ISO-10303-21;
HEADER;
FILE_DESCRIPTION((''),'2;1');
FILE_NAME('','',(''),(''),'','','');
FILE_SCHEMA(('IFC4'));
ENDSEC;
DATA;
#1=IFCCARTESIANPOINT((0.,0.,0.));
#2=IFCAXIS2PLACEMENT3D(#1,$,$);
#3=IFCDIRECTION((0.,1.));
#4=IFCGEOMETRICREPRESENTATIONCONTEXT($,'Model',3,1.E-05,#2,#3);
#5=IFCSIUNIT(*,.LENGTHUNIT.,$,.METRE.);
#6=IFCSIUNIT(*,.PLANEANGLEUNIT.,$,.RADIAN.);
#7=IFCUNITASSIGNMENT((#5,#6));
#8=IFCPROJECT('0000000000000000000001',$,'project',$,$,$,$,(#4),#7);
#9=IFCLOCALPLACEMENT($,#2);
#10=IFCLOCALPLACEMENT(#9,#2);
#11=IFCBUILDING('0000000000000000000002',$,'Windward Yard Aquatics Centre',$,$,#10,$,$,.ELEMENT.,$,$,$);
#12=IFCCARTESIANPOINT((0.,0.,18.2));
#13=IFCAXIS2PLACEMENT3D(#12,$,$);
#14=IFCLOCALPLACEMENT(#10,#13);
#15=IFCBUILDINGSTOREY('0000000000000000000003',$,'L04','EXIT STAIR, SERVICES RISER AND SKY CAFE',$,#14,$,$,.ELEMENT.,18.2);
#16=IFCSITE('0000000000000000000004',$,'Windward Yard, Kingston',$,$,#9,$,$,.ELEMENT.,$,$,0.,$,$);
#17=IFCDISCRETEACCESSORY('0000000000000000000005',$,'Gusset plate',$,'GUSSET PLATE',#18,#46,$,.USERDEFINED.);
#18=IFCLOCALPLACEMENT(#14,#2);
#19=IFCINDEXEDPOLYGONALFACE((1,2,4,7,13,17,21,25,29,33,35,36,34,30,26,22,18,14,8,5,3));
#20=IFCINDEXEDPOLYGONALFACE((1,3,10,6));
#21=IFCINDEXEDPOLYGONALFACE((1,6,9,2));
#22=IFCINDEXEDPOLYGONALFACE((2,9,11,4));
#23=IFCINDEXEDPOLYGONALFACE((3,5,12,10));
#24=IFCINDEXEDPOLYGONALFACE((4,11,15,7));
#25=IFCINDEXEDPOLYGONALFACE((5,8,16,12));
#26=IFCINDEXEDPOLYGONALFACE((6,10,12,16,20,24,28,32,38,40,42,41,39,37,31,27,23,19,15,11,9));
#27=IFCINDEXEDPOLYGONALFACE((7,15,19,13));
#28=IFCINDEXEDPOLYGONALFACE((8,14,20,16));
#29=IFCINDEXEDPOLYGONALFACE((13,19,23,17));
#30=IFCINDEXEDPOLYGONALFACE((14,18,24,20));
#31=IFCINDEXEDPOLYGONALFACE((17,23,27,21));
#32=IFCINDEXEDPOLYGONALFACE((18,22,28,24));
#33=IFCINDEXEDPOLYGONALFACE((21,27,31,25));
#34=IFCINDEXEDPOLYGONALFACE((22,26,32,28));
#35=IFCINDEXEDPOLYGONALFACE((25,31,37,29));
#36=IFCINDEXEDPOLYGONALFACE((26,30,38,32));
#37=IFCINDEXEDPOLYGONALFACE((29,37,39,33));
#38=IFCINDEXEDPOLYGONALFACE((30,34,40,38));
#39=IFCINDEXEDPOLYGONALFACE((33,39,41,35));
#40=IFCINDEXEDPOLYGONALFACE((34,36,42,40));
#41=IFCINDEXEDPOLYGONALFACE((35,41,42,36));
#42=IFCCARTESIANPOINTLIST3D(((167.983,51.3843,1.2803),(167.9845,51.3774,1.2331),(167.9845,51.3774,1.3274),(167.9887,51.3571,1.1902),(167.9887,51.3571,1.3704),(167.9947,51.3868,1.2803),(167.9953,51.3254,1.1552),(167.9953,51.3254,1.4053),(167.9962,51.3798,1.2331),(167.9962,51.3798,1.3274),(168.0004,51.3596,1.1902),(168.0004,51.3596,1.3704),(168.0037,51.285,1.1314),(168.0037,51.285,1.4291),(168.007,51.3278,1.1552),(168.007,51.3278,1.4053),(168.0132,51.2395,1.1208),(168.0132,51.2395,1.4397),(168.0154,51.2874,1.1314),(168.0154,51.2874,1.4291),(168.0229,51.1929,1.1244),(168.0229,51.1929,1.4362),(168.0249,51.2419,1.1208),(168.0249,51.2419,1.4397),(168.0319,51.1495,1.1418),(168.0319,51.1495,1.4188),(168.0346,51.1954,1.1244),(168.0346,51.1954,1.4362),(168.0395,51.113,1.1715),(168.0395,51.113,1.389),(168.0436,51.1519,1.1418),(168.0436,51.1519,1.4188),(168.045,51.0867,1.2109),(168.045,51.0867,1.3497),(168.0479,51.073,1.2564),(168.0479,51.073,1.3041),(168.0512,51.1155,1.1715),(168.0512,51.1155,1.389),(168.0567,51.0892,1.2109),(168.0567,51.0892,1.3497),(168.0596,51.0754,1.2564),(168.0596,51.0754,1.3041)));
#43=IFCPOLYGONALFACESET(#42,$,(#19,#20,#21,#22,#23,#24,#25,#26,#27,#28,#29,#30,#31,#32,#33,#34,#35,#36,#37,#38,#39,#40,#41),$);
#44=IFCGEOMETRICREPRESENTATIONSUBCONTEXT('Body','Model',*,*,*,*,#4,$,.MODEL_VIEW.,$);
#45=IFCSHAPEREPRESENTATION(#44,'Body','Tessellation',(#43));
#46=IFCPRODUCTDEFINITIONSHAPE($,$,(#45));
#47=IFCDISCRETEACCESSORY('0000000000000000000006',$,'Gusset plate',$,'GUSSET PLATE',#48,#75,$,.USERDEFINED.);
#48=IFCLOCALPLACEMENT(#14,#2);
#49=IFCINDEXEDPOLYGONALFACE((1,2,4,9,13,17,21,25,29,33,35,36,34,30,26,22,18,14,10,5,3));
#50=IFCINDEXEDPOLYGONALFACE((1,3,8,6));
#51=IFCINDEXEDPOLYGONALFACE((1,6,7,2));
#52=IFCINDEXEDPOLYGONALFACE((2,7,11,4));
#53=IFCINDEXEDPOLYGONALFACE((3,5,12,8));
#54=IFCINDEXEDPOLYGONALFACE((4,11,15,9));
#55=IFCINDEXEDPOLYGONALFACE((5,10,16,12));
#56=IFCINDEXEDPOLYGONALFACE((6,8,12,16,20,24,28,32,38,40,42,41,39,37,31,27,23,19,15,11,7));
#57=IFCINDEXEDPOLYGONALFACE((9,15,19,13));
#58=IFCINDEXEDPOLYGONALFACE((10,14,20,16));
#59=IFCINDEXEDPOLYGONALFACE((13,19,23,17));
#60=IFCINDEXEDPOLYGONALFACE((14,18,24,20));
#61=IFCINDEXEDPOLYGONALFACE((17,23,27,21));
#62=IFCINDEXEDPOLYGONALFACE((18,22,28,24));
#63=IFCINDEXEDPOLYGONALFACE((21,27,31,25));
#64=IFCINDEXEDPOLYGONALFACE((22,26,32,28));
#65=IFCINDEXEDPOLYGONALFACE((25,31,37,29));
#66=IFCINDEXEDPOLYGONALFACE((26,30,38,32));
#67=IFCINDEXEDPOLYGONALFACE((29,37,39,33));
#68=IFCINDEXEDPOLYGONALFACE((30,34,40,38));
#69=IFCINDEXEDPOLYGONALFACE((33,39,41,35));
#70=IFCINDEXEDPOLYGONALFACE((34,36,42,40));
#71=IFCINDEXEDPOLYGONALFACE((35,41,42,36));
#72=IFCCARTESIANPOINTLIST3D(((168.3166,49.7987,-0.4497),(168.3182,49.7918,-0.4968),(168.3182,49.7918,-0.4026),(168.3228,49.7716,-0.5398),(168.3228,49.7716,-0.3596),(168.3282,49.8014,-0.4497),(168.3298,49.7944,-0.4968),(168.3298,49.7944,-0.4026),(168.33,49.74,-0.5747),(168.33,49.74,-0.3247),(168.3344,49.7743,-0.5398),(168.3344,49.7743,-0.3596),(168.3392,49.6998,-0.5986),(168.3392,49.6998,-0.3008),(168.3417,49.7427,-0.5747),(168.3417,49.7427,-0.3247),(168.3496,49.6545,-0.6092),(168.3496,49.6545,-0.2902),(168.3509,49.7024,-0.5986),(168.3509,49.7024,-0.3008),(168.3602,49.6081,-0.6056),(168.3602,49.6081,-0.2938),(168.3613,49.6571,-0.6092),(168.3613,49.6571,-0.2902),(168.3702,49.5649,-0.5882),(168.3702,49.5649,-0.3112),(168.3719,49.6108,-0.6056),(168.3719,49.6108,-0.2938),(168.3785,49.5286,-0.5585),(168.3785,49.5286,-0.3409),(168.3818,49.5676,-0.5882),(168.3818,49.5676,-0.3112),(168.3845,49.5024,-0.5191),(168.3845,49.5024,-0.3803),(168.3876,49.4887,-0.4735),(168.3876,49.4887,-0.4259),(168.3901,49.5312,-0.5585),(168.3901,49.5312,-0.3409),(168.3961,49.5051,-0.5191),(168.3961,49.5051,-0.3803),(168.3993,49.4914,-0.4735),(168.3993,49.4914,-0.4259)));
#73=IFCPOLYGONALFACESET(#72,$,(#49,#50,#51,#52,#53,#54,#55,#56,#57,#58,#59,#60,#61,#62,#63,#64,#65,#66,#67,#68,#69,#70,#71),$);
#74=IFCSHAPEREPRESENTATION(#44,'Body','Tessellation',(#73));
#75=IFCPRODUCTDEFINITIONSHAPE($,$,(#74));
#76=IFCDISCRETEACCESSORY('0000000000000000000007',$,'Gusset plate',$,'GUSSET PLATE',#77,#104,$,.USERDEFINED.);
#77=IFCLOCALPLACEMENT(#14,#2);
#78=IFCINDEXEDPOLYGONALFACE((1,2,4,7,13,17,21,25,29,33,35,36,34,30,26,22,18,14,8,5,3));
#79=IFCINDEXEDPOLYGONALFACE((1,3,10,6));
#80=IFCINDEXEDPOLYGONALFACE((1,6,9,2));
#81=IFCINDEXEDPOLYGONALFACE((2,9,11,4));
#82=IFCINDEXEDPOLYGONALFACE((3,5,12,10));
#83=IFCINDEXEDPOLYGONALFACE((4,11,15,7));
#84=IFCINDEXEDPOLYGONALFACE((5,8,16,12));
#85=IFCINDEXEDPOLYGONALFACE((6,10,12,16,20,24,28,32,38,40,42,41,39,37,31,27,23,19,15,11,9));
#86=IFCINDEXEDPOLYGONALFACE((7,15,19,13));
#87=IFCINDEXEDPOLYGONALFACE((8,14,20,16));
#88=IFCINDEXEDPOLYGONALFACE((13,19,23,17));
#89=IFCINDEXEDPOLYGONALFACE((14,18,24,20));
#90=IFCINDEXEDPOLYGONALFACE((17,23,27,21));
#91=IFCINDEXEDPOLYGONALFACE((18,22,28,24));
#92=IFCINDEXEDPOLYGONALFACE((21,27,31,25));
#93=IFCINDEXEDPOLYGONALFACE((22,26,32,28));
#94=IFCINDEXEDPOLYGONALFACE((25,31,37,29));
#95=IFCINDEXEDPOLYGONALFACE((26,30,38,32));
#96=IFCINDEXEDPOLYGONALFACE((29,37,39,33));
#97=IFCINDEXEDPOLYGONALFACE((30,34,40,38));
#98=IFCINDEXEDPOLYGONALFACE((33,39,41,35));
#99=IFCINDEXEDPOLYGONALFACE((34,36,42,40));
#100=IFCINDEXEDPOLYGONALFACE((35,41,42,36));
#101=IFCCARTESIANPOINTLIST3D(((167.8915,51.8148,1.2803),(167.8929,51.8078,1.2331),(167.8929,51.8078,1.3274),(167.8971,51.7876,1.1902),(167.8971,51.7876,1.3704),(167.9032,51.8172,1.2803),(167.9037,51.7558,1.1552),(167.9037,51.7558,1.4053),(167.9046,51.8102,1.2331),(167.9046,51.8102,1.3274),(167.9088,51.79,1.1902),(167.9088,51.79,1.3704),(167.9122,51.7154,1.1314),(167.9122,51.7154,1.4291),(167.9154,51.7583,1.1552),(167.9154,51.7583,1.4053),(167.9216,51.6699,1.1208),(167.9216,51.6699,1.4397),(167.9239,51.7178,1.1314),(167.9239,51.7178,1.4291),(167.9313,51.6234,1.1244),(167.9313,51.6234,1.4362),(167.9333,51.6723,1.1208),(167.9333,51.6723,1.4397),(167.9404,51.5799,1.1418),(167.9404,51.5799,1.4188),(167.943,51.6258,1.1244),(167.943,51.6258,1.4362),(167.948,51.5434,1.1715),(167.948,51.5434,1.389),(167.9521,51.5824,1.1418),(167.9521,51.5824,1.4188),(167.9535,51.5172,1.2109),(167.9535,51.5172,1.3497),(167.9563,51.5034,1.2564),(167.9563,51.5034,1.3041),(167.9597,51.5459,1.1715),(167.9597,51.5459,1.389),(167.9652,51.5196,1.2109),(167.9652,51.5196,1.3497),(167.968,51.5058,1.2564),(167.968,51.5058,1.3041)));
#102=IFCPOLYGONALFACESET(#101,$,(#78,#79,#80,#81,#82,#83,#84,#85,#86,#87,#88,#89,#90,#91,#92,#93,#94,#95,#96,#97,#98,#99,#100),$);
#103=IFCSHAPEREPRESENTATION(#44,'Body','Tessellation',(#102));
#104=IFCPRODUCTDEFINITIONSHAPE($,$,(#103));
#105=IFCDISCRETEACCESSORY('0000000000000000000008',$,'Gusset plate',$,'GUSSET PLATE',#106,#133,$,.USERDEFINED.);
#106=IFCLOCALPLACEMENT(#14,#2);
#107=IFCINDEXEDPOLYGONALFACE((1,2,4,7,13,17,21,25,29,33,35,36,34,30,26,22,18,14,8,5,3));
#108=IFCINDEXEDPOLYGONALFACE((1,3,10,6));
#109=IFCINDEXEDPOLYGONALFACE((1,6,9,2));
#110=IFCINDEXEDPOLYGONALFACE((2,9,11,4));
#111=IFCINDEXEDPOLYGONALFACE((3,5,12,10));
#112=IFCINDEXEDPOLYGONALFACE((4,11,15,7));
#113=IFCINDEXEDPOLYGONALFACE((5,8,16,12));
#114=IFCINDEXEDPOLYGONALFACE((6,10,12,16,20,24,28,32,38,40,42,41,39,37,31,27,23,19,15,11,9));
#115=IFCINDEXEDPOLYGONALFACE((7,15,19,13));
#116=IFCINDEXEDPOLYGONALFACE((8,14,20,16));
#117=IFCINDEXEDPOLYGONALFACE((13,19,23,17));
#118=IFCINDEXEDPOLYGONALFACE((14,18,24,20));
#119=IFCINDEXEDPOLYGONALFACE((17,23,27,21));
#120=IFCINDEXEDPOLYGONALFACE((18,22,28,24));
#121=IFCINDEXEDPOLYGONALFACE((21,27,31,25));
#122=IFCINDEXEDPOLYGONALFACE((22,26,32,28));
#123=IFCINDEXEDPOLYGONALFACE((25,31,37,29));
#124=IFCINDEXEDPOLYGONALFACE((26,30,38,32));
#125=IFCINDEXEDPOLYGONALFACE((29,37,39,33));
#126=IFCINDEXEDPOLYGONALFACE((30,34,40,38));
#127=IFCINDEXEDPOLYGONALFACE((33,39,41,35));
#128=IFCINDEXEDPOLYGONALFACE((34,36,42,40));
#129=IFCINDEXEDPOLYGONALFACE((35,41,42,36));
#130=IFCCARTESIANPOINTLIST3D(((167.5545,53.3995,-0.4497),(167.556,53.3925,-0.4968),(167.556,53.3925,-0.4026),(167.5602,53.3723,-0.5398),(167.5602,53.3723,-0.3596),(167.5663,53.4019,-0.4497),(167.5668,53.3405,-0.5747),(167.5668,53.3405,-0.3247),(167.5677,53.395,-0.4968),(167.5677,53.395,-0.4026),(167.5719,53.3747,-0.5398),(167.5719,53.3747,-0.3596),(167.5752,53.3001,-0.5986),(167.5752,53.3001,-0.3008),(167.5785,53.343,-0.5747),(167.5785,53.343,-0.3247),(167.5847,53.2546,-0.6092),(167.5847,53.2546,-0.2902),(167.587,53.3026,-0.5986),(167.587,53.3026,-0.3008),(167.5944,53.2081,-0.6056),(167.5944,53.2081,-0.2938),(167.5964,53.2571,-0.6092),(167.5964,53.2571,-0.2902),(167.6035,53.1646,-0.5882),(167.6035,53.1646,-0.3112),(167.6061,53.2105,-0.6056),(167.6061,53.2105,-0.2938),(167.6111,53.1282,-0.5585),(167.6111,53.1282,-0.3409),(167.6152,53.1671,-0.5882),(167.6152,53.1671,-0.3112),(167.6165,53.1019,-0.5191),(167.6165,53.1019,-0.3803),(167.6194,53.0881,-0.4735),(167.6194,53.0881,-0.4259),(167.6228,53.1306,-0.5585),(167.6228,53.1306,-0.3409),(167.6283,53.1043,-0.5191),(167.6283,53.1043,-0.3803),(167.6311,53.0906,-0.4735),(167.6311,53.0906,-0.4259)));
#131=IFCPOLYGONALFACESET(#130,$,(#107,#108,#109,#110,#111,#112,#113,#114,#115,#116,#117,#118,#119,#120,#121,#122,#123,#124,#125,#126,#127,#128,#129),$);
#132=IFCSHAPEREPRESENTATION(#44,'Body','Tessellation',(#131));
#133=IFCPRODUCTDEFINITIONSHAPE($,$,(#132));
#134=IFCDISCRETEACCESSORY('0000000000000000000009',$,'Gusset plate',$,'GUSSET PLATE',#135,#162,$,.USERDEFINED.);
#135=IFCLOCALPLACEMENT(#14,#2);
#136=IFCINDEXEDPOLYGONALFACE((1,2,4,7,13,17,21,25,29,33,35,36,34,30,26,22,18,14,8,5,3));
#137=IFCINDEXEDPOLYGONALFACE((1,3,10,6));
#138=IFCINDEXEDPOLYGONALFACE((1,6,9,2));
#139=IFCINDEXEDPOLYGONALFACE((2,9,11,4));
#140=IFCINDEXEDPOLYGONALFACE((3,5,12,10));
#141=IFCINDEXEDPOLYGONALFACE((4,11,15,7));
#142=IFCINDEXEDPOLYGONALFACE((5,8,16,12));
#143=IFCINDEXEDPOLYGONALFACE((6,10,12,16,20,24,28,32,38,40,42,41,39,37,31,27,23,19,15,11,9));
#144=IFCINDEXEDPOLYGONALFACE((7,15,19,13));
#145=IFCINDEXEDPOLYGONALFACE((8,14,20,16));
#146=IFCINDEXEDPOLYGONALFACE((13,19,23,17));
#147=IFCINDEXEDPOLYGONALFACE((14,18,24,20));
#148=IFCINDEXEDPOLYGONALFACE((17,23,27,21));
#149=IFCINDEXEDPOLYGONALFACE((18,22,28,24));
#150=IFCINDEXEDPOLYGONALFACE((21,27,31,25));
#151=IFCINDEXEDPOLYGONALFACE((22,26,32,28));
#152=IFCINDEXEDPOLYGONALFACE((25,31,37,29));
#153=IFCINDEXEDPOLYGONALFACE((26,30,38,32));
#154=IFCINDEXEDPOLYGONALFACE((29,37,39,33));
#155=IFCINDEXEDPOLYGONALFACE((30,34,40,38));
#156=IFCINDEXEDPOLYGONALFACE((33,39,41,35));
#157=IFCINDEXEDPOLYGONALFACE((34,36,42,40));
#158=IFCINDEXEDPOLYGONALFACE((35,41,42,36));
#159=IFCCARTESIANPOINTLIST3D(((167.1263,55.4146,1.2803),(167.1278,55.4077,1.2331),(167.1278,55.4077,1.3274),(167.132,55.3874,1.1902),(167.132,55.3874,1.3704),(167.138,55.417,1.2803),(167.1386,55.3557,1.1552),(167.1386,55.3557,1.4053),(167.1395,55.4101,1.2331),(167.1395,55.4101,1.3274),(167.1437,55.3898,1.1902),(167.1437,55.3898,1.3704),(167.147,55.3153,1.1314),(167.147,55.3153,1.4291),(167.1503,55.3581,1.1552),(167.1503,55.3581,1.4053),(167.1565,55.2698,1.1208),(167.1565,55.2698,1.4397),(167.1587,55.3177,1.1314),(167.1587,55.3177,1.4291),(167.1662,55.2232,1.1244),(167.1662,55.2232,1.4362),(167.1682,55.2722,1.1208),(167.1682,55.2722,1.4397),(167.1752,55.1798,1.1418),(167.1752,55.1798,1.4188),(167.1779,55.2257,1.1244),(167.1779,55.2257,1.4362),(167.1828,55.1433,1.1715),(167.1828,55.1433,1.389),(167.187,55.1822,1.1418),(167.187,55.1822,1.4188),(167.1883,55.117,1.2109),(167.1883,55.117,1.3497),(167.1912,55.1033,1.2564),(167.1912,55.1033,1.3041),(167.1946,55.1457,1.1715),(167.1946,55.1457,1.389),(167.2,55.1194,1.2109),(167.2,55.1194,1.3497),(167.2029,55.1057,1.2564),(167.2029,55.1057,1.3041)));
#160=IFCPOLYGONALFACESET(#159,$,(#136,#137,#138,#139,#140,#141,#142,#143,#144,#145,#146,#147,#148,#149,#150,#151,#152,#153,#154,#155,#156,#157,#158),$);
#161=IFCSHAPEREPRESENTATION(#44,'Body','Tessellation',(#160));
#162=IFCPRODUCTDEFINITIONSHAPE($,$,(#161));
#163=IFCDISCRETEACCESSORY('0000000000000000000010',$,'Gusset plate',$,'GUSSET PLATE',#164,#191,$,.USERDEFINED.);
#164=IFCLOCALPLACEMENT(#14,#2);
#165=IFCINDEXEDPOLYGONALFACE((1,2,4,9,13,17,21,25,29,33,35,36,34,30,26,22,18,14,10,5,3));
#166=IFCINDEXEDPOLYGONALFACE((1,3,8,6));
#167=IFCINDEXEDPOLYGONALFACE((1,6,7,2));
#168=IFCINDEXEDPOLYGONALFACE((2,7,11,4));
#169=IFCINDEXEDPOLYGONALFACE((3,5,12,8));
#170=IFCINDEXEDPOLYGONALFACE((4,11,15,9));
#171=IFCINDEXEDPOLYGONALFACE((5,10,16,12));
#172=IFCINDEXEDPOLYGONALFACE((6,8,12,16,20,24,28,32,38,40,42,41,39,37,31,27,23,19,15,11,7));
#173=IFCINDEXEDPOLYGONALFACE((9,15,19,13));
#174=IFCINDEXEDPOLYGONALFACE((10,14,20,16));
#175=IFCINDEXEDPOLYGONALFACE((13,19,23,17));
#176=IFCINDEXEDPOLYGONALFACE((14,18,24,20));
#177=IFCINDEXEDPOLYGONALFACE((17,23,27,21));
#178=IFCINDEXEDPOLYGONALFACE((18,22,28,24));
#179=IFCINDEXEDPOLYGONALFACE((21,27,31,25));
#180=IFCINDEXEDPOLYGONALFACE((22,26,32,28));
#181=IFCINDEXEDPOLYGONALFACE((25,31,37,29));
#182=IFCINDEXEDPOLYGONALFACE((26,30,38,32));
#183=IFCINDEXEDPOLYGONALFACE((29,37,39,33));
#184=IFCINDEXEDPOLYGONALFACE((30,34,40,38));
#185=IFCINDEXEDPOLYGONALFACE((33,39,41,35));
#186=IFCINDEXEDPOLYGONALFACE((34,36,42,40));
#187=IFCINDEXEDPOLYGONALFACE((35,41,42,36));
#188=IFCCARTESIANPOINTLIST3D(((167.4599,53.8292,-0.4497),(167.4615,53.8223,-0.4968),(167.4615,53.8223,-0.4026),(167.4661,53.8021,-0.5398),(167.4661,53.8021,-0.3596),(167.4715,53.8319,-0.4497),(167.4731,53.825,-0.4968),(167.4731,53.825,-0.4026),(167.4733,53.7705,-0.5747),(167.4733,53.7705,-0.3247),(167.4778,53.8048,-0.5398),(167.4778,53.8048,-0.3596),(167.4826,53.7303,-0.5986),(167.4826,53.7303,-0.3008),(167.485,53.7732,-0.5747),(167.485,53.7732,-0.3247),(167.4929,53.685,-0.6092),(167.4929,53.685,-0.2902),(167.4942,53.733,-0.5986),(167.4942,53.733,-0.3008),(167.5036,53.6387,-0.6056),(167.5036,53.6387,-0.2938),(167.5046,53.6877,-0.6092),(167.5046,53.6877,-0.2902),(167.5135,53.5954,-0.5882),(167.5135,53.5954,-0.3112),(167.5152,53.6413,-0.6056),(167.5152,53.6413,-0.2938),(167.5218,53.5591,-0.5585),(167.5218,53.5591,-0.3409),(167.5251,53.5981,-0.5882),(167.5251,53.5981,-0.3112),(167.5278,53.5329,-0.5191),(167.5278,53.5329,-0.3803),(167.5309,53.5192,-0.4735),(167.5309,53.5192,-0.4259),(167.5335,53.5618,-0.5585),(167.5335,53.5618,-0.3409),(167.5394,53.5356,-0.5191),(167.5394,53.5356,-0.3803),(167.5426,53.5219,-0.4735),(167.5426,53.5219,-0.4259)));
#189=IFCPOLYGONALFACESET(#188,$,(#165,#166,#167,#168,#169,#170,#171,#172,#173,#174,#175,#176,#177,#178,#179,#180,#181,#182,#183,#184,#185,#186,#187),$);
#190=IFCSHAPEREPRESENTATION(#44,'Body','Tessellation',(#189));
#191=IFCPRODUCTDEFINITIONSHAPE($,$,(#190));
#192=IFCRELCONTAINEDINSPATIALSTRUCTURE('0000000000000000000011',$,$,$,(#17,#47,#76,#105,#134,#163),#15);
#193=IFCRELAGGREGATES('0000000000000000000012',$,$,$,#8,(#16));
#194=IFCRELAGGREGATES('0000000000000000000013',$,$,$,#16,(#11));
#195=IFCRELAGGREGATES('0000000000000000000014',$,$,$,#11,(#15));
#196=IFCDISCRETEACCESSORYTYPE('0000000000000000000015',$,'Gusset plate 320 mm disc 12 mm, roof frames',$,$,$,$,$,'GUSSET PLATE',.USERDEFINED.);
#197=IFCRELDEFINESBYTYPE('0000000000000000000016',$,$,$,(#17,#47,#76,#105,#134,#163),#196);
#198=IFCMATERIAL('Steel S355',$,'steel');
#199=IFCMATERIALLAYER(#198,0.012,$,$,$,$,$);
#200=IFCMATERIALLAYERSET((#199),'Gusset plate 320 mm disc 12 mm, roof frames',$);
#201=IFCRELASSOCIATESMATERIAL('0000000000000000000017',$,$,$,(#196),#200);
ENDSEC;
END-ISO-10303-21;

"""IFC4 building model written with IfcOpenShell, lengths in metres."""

from ifc_helpers import new_model, si_unit, direction, frame, origin, origin_2d, place, context, subcontext, project, spatial, circle, extrude, material, layer, layer_set, type_object, element, save


model = new_model("IFC4")

# Units and contexts
model_context = context("Model", 3, precision=1e-05, world=origin(), true_north=direction((0.0, 1.0)))
body_context = subcontext(model_context, "Body", "Model", "MODEL_VIEW")
ifc_project = project(units=[si_unit("LENGTHUNIT", "METRE"), si_unit("PLANEANGLEUNIT", "RADIAN")], contexts=[model_context])

# Site, building, storey
site_placement = place(None, origin())
site = spatial("IfcSite", under=ifc_project, at=site_placement, Name="Windward Yard, Kingston", CompositionType="ELEMENT", RefElevation=0.0)
building_placement = place(site_placement, origin())
building = spatial("IfcBuilding", under=site, at=building_placement, Name="Windward Yard Aquatics Centre", CompositionType="ELEMENT")
storey_placement = place(building_placement, frame((0.0, 0.0, 18.2)))
storey = spatial("IfcBuildingStorey", under=building, at=storey_placement, Name="L04", Description="EXIT STAIR, SERVICES RISER AND SKY CAFE", CompositionType="ELEMENT", Elevation=18.2)

# Discrete accessories
ifc_material_1 = material(Name="Steel S355", Category="steel")
ifc_layer = layer(ifc_material_1, 0.012)
ifc_layer_set = layer_set([ifc_layer], Name="Gusset plate 320 mm disc 12 mm, roof frames")
discrete_accessory_type = type_object("IfcDiscreteAccessoryType", Name="Gusset plate 320 mm disc 12 mm, roof frames", ElementType="GUSSET PLATE", PredefinedType="USERDEFINED", material=ifc_layer_set)
for number, where, z_axis, x_axis, name in (
    (1, (168.0156, 51.2278, 1.2803), (0.97898, 0.203954, 0.0), (-0.203954, 0.97898, 0.0), "Gusset plate"),
    (2, (168.3523, 49.6428, -0.4497), (0.974732, 0.223376, 0.0), (-0.223376, 0.974732, 0.0), "Gusset plate"),
    (3, (167.9241, 51.6582, 1.2803), (0.97898, 0.203954, 0.0), (-0.203954, 0.97898, 0.0), "Gusset plate"),
    (4, (167.5872, 53.2429, -0.4497), (0.97898, 0.203954, 0.0), (-0.203954, 0.97898, 0.0), "Gusset plate"),
    (5, (167.1589, 55.2581, 1.2803), (0.97898, 0.203954, 0.0), (-0.203954, 0.97898, 0.0), "Gusset plate"),
    (6, (167.4956, 53.6733, -0.4497), (0.974732, 0.223376, 0.0), (-0.223376, 0.974732, 0.0), "Gusset plate"),
):
    element("IfcDiscreteAccessory", number, at=place(storey_placement, frame(where, z_axis=z_axis, x_axis=x_axis)), inside=storey, type_object=discrete_accessory_type, Name=name, ObjectType="GUSSET PLATE", PredefinedType="USERDEFINED", context=body_context, shape_type="SweptSolid", body=[
        extrude(circle(Radius=0.1599, at=origin_2d()), origin(), (0.0, 0.0, 1.0), 0.012),
    ])

save(model, "model.ifc")
